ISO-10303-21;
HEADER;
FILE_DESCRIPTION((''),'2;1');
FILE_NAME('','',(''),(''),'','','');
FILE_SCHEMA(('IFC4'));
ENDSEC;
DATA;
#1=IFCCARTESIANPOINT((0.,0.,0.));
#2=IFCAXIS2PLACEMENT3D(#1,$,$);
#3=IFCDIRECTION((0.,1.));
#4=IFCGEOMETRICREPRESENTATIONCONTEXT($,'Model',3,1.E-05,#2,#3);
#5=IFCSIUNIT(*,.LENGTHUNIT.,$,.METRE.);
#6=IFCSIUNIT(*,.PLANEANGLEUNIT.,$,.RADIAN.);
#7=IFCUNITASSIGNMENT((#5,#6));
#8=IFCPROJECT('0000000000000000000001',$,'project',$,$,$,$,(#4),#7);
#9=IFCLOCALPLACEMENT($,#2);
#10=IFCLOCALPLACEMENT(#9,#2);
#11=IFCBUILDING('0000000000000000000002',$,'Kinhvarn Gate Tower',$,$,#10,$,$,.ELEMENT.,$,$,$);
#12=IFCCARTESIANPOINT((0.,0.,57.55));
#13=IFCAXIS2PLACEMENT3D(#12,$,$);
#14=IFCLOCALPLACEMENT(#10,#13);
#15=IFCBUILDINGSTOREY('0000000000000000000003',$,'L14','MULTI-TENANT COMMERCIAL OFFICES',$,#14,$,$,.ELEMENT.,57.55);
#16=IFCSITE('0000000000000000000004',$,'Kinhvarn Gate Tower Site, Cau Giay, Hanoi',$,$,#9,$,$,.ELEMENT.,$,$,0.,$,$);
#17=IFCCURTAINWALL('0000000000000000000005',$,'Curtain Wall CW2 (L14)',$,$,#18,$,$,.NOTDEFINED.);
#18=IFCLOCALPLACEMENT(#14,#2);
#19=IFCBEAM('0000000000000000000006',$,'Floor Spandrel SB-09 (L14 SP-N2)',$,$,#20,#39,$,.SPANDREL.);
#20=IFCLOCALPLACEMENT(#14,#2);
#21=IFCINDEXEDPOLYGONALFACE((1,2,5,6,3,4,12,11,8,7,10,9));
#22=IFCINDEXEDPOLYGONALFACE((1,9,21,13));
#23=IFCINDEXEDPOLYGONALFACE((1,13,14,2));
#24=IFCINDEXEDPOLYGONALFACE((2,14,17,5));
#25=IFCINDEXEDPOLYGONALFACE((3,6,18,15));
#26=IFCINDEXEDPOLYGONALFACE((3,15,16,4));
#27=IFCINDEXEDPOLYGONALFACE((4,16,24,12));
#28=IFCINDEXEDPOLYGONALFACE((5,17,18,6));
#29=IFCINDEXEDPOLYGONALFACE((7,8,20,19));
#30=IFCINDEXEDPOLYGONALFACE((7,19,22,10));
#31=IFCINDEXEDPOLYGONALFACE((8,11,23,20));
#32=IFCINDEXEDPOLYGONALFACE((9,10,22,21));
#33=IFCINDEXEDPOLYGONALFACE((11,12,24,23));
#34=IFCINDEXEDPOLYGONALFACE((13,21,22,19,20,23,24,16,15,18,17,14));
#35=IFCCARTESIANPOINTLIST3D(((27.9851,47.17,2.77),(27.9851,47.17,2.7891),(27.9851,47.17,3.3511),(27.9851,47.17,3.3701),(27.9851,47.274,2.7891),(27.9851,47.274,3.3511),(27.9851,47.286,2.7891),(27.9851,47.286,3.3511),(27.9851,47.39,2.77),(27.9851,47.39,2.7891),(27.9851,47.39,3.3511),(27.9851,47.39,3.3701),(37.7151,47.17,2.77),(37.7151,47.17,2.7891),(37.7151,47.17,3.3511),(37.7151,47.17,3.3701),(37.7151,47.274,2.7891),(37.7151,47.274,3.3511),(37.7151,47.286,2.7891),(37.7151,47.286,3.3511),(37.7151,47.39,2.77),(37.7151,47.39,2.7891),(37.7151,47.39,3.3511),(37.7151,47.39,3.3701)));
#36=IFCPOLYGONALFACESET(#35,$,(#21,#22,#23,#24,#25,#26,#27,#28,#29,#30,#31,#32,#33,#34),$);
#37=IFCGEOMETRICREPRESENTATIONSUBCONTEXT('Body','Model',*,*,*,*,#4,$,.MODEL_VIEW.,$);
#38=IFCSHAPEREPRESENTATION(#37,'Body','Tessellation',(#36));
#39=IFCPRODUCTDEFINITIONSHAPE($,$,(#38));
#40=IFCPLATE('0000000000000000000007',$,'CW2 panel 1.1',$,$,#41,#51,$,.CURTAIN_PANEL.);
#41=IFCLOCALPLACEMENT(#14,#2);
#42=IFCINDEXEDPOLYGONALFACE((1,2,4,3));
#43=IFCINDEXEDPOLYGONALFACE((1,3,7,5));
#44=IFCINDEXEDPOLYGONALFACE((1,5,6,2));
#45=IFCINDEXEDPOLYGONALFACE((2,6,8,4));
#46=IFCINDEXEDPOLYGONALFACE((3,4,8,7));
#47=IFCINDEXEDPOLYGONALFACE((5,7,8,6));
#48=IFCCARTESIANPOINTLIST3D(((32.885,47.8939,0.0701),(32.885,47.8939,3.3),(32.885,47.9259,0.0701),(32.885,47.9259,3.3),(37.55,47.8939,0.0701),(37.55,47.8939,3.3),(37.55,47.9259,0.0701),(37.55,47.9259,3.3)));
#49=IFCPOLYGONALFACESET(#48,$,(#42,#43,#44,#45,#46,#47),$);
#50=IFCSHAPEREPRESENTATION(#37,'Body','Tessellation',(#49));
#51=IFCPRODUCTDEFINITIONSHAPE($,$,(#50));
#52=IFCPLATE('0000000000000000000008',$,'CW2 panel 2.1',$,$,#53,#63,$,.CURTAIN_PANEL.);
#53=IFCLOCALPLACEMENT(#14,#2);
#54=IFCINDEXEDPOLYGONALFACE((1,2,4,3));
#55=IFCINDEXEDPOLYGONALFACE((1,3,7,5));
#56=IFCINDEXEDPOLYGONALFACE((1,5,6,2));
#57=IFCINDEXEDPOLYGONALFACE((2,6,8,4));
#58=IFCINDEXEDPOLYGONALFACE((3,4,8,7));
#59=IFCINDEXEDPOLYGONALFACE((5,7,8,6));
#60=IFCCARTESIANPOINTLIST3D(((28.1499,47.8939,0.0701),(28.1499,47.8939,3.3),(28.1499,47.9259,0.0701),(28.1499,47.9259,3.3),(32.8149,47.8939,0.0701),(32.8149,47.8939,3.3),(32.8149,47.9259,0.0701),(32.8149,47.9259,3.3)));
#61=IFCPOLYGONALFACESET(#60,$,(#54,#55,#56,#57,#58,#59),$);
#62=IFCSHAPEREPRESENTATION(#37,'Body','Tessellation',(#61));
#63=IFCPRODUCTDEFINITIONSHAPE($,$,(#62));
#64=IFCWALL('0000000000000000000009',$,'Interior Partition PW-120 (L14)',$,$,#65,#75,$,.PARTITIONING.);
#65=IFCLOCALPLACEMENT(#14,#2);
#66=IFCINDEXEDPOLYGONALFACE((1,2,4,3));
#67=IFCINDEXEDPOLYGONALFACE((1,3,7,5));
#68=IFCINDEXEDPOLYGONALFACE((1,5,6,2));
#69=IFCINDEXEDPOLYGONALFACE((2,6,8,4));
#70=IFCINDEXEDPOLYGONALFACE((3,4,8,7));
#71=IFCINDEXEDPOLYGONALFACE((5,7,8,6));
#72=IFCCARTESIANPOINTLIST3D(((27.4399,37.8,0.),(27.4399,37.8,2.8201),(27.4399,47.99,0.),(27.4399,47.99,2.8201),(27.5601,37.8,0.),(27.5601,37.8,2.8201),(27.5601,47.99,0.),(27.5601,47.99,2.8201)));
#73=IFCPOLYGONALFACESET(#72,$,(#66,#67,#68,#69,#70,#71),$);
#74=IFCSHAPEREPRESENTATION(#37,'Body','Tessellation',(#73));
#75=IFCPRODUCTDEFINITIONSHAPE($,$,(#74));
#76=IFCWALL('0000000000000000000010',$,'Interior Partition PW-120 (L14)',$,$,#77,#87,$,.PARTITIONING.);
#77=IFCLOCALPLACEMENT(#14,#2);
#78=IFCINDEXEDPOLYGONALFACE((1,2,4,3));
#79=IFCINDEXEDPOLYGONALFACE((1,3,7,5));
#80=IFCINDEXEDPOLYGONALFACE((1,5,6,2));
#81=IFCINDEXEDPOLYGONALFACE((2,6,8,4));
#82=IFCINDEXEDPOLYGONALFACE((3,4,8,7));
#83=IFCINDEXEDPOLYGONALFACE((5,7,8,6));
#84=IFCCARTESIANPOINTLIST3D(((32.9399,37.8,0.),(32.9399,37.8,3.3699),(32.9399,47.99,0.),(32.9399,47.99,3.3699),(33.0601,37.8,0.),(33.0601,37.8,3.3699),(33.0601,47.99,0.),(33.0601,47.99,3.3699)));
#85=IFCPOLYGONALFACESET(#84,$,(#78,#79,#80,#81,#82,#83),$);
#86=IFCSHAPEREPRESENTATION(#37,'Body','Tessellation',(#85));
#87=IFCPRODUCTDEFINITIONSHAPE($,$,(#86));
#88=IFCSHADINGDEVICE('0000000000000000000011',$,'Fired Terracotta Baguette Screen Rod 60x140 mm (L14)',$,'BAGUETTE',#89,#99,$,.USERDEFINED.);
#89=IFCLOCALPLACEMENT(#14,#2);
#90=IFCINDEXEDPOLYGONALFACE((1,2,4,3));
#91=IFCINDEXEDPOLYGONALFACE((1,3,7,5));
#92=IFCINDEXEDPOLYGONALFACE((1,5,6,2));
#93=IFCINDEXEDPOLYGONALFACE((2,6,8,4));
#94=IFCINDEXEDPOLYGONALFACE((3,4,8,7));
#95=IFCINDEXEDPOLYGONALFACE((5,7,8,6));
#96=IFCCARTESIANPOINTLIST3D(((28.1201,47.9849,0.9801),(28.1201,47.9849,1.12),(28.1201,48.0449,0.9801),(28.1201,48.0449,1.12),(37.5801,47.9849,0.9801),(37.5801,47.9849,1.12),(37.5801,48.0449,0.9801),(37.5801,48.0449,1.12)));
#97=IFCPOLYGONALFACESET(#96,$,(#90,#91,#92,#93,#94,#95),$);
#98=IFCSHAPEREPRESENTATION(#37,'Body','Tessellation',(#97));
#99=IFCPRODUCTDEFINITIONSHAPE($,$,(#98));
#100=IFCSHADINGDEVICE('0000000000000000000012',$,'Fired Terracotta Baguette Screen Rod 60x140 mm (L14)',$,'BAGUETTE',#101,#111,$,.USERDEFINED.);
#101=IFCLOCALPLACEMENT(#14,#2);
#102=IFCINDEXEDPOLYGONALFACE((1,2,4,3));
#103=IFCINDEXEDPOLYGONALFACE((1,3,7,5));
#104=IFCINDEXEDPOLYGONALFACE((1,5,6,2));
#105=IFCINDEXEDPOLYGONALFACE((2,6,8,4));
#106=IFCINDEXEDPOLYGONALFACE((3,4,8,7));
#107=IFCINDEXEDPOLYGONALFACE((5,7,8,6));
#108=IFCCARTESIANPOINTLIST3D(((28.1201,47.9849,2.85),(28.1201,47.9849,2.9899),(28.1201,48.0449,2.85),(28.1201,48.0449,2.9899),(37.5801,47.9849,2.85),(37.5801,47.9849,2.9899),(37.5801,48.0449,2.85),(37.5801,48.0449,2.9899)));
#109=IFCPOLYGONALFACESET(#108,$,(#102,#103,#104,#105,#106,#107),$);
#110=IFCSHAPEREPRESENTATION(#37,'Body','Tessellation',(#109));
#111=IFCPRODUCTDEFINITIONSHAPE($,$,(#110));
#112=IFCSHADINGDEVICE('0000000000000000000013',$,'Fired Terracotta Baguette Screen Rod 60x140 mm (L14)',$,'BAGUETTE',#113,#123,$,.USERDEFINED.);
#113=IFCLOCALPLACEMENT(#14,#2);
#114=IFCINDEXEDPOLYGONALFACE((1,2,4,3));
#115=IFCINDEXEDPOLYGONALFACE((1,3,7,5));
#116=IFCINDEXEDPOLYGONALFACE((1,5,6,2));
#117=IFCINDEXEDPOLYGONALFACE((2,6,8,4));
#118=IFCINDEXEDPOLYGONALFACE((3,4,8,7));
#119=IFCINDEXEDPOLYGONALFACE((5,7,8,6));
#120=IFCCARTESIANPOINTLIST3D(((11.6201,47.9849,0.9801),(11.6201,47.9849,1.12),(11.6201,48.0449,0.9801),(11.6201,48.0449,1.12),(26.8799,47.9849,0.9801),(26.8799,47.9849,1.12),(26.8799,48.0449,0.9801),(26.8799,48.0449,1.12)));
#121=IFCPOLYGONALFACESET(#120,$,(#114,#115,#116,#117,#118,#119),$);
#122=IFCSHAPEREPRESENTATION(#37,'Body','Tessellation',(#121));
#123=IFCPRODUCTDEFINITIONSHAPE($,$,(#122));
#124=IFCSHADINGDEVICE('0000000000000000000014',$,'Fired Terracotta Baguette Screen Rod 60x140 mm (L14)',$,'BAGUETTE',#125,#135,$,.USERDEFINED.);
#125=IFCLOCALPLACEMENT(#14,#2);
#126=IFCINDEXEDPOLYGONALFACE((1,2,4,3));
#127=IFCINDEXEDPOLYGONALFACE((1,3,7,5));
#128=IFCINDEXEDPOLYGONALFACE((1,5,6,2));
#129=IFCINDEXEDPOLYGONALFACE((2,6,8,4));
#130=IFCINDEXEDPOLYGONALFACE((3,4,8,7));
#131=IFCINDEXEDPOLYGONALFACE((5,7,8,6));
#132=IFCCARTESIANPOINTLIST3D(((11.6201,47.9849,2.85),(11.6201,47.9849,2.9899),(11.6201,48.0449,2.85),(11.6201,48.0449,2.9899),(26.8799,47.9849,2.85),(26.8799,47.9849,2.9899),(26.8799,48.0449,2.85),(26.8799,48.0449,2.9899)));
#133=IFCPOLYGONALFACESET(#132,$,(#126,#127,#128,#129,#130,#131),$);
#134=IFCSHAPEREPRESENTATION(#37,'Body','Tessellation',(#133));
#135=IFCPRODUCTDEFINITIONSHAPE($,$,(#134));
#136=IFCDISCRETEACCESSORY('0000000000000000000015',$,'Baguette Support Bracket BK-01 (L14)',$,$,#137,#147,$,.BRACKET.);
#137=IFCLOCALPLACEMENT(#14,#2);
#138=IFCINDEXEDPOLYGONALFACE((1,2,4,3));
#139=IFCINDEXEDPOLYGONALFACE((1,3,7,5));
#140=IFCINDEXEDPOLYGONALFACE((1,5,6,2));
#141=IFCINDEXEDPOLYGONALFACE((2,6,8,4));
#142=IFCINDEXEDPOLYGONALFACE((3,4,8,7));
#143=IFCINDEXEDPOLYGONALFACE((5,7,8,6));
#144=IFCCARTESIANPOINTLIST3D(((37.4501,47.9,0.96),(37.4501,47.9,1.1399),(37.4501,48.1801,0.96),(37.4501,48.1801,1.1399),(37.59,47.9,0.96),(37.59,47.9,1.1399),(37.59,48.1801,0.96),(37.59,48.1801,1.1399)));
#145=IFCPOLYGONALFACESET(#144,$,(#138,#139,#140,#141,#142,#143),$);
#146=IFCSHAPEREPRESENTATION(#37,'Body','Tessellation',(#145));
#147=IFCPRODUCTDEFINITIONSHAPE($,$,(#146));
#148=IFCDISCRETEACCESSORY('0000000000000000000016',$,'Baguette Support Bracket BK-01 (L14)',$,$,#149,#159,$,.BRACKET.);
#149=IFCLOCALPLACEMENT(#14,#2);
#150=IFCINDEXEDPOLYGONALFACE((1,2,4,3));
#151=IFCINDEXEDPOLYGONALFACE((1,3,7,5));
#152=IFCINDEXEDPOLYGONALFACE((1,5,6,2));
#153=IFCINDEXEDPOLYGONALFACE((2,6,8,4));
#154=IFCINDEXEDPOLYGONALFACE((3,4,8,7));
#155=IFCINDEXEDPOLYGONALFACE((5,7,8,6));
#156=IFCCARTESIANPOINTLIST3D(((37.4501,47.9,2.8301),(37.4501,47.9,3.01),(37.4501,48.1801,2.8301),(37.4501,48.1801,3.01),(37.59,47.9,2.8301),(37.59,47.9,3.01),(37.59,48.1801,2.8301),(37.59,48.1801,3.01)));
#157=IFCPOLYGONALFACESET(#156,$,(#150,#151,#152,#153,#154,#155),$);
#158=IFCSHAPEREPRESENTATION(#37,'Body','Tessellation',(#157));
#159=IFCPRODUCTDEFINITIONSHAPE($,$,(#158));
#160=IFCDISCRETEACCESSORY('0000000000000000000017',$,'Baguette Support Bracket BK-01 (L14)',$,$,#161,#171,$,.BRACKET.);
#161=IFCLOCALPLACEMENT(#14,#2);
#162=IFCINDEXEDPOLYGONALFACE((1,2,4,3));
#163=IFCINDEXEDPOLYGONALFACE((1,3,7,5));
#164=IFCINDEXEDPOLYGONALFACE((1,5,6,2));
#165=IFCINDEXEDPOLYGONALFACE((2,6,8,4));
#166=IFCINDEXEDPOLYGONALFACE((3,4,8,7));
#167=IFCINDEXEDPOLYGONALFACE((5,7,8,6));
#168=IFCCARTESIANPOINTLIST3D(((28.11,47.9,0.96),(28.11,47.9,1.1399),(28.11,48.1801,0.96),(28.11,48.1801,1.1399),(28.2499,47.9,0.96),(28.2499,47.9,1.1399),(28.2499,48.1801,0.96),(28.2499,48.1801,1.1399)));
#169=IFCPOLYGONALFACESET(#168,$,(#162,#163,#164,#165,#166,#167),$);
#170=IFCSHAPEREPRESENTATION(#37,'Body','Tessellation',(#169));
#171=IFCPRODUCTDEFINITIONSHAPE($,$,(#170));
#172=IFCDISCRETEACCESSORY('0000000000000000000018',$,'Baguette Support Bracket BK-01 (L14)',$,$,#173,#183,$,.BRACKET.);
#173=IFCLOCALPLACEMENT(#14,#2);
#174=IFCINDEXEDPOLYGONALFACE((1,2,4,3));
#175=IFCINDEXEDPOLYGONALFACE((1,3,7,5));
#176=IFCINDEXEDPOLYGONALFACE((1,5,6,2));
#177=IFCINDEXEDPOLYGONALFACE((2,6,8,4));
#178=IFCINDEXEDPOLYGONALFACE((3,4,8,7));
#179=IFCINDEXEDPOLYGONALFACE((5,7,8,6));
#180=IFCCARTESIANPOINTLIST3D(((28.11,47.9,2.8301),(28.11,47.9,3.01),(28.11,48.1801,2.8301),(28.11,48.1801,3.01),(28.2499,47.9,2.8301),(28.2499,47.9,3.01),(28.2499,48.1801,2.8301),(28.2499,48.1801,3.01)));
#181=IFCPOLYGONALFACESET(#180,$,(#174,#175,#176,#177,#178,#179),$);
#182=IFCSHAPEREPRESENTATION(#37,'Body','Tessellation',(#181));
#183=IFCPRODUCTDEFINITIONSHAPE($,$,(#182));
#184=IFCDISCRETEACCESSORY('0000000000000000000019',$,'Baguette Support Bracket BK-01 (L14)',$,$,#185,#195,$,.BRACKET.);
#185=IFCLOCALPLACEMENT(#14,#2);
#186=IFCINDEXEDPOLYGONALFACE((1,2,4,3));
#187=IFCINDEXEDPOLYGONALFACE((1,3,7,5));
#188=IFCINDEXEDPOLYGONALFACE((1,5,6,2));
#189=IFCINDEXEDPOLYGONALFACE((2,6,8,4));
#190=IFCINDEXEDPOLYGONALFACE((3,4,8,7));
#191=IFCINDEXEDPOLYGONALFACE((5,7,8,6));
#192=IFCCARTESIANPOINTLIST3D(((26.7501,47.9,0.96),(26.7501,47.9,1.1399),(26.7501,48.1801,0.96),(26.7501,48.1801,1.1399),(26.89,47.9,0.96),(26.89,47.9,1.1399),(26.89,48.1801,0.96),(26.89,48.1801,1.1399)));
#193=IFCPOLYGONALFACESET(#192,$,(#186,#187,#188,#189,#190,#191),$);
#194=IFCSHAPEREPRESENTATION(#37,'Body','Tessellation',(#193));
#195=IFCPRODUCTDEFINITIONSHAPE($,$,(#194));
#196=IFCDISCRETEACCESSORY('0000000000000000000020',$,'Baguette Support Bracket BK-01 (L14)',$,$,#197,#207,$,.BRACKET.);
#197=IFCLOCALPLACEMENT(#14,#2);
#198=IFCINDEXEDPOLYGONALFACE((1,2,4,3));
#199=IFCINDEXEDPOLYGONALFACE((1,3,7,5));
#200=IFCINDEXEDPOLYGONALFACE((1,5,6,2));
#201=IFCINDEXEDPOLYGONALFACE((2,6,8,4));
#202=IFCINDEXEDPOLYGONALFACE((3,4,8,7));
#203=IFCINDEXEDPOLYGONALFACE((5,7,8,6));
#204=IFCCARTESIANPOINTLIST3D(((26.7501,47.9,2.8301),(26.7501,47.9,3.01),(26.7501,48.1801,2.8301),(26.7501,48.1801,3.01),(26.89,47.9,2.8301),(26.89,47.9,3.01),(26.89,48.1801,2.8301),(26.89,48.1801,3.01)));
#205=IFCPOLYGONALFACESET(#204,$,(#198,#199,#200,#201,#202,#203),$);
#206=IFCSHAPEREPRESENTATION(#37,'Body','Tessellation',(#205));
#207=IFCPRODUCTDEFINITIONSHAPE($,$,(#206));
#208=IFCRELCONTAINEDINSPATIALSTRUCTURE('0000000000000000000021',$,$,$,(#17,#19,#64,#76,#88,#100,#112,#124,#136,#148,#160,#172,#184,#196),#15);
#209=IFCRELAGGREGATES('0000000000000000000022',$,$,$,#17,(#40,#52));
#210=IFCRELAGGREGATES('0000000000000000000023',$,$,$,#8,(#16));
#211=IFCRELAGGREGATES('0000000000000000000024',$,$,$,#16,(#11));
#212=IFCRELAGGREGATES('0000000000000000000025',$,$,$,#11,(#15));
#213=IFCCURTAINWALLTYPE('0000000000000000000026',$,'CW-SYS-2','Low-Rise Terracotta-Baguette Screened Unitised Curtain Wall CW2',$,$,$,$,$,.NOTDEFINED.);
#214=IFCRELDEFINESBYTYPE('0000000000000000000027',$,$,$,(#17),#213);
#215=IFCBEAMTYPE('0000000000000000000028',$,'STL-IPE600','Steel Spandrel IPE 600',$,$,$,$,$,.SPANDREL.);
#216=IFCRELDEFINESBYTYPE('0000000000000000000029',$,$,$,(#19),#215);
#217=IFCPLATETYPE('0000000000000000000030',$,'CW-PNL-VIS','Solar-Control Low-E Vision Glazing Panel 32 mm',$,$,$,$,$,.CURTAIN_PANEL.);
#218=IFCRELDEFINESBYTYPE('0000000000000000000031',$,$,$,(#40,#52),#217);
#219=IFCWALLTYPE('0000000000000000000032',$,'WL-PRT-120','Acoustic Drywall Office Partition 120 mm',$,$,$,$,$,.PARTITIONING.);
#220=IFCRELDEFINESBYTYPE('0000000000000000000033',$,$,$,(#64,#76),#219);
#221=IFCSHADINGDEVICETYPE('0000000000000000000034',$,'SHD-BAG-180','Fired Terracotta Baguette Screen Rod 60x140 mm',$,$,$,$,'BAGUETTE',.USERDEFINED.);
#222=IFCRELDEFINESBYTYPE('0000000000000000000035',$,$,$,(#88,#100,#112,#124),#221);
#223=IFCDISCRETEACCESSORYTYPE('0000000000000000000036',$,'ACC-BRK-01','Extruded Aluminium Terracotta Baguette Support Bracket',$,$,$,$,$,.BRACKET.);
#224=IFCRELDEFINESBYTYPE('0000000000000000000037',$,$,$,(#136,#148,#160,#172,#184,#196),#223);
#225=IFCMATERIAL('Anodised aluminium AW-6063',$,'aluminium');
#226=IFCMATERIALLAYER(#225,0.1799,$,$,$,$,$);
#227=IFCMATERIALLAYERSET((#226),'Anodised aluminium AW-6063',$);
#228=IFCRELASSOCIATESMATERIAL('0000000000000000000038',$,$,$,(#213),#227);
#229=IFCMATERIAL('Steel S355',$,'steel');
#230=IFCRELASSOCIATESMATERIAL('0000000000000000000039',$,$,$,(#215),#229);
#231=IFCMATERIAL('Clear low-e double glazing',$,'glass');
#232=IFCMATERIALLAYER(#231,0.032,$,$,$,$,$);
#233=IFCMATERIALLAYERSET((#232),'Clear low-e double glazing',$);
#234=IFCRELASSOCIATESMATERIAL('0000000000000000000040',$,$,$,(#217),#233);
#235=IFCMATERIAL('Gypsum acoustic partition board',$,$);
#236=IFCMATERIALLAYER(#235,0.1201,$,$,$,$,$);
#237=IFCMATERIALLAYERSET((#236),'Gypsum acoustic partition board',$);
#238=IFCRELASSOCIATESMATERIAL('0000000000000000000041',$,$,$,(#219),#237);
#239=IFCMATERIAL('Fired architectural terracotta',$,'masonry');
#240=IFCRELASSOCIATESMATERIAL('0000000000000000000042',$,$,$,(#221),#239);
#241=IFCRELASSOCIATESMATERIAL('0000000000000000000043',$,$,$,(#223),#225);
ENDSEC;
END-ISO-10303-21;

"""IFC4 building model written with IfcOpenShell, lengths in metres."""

from ifc_helpers import new_model, si_unit, direction, frame, frame_2d, origin, origin_2d, place, context, subcontext, project, spatial, rectangle, i_section, extrude, material, layer, layer_set, material_profile, profile_set, type_object, element, aggregate, save


model = new_model("IFC4")

# Units and contexts
model_context = context("Model", 3, precision=1e-05, world=origin(), true_north=direction((0.0, 1.0)))
body_context = subcontext(model_context, "Body", "Model", "MODEL_VIEW")
ifc_project = project(units=[si_unit("LENGTHUNIT", "METRE"), si_unit("PLANEANGLEUNIT", "RADIAN")], contexts=[model_context])

# Site, building, storey
site_placement = place(None, origin())
site = spatial("IfcSite", under=ifc_project, at=site_placement, Name="Kinhvarn Gate Tower Site, Cau Giay, Hanoi", CompositionType="ELEMENT", RefElevation=0.0)
building_placement = place(site_placement, origin())
building = spatial("IfcBuilding", under=site, at=building_placement, Name="Kinhvarn Gate Tower", CompositionType="ELEMENT")
storey_placement = place(building_placement, frame((0.0, 0.0, 57.55)))
storey = spatial("IfcBuildingStorey", under=building, at=storey_placement, Name="L14", Description="MULTI-TENANT COMMERCIAL OFFICES", CompositionType="ELEMENT", Elevation=57.55)

# Curtain wall
ifc_material_1 = material(Name="Anodised aluminium AW-6063", Category="aluminium")
ifc_layer_1 = layer(ifc_material_1, 0.1799)
ifc_layer_set_1 = layer_set([ifc_layer_1], Name="Anodised aluminium AW-6063")
curtain_wall_type = type_object("IfcCurtainWallType", Name="CW-SYS-2", Description="Low-Rise Terracotta-Baguette Screened Unitised Curtain Wall CW2", PredefinedType="NOTDEFINED", material=ifc_layer_set_1)
curtain_wall_1_placement = place(storey_placement, origin())
curtain_wall_1 = element("IfcCurtainWall", 1, at=curtain_wall_1_placement, inside=storey, type_object=curtain_wall_type, Name="Curtain Wall CW2 (L14)", PredefinedType="NOTDEFINED")

# Beam
ifc_material_2 = material(Name="Steel S355", Category="steel")
ifc_material_profile_1 = material_profile(ifc_material_2, i_section(OverallWidth=0.22, OverallDepth=0.6001, WebThickness=0.012, FlangeThickness=0.019, at=origin_2d()), Name="IPE 600")
ifc_profile_set_1 = profile_set([ifc_material_profile_1], Name="Steel S355")
beam_type_1 = type_object("IfcBeamType", Name="STL-IPE600", Description="Steel Spandrel IPE 600", PredefinedType="SPANDREL", material=ifc_profile_set_1)
beam_placement = place(storey_placement, frame((27.9851, 47.28, 3.0701), z_axis=(1.0, 0.0, 0.0), x_axis=(0.0, 1.0, 0.0)))
element("IfcBeam", 2, at=beam_placement, inside=storey, type_object=beam_type_1, Name="Floor Spandrel SB-09 (L14 SP-N2)", PredefinedType="SPANDREL", context=body_context, shape_type="SweptSolid", body=[
    extrude(i_section(OverallWidth=0.22, OverallDepth=0.6001, WebThickness=0.012, FlangeThickness=0.019, at=origin_2d()), origin(), (0.0, 0.0, 1.0), 9.73),
])

# Plates
ifc_material_3 = material(Name="Clear low-e double glazing", Category="glass")
ifc_layer_2 = layer(ifc_material_3, 0.032)
ifc_layer_set_2 = layer_set([ifc_layer_2], Name="Clear low-e double glazing")
plate_type = type_object("IfcPlateType", Name="CW-PNL-VIS", Description="Solar-Control Low-E Vision Glazing Panel 32 mm", PredefinedType="CURTAIN_PANEL", material=ifc_layer_set_2)
plate_1_placement = place(storey_placement, frame((35.2175, 47.9099, 0.0701), z_axis=(0.0, 0.0, 1.0), x_axis=(-1.0, 0.0, 0.0)))
plate_1 = element("IfcPlate", 3, at=plate_1_placement, type_object=plate_type, Name="CW2 panel 1.1", PredefinedType="CURTAIN_PANEL", context=body_context, shape_type="SweptSolid", body=[
    extrude(rectangle(XDim=4.665, YDim=0.032, at=origin_2d()), origin(), (0.0, 0.0, 1.0), 3.23),
])
plate_2_placement = place(storey_placement, frame((30.4824, 47.9099, 0.0701), z_axis=(0.0, 0.0, 1.0), x_axis=(-1.0, 0.0, 0.0)))
plate_2 = element("IfcPlate", 4, at=plate_2_placement, type_object=plate_type, Name="CW2 panel 2.1", PredefinedType="CURTAIN_PANEL", context=body_context, shape_type="SweptSolid", body=[
    extrude(rectangle(XDim=4.665, YDim=0.032, at=origin_2d()), origin(), (0.0, 0.0, 1.0), 3.23),
])
aggregate(curtain_wall_1, [plate_1, plate_2])

# Walls
ifc_material_4 = material(Name="Gypsum acoustic partition board")
ifc_layer_3 = layer(ifc_material_4, 0.1201)
ifc_layer_set_3 = layer_set([ifc_layer_3], Name="Gypsum acoustic partition board")
wall_type_1 = type_object("IfcWallType", Name="WL-PRT-120", Description="Acoustic Drywall Office Partition 120 mm", PredefinedType="PARTITIONING", material=ifc_layer_set_3)
wall_1_placement = place(storey_placement, frame((27.5, 37.8, 0.0), z_axis=(0.0, 0.0, 1.0), x_axis=(0.0, 1.0, 0.0)))
element("IfcWall", 5, at=wall_1_placement, inside=storey, type_object=wall_type_1, Name="Interior Partition PW-120 (L14)", PredefinedType="PARTITIONING", context=body_context, shape_type="SweptSolid", body=[
    extrude(rectangle(XDim=10.1899, YDim=0.1201, at=frame_2d((5.095, 0.0))), origin(), (0.0, 0.0, 1.0), 2.8201),
])
wall_2_placement = place(storey_placement, frame((33.0, 37.8, 0.0), z_axis=(0.0, 0.0, 1.0), x_axis=(0.0, 1.0, 0.0)))
element("IfcWall", 6, at=wall_2_placement, inside=storey, type_object=wall_type_1, Name="Interior Partition PW-120 (L14)", PredefinedType="PARTITIONING", context=body_context, shape_type="SweptSolid", body=[
    extrude(rectangle(XDim=10.1899, YDim=0.1201, at=frame_2d((5.095, 0.0))), origin(), (0.0, 0.0, 1.0), 3.3699),
])

# Shading devices
ifc_material_5 = material(Name="Fired architectural terracotta", Category="masonry")
ifc_material_profile_2 = material_profile(ifc_material_5, rectangle(XDim=0.0601, YDim=0.1399, at=origin_2d()), Name="TC 60x140")
ifc_profile_set_2 = profile_set([ifc_material_profile_2], Name="Fired architectural terracotta")
shading_device_type = type_object("IfcShadingDeviceType", Name="SHD-BAG-180", Description="Fired Terracotta Baguette Screen Rod 60x140 mm", ElementType="BAGUETTE", PredefinedType="USERDEFINED", material=ifc_profile_set_2)
for number, where, z_axis, x_axis, name in (
    (7, (37.5801, 48.0149, 1.05), (-1.0, 0.0, 0.0), (0.0, -1.0, 0.0), "Fired Terracotta Baguette Screen Rod 60x140 mm (L14)"),
    (8, (37.5801, 48.0149, 2.9199), (-1.0, 0.0, 0.0), (0.0, -1.0, 0.0), "Fired Terracotta Baguette Screen Rod 60x140 mm (L14)"),
):
    element("IfcShadingDevice", number, at=place(storey_placement, frame(where, z_axis=z_axis, x_axis=x_axis)), inside=storey, type_object=shading_device_type, Name=name, ObjectType="BAGUETTE", PredefinedType="USERDEFINED", context=body_context, shape_type="SweptSolid", body=[
        extrude(rectangle(XDim=0.0601, YDim=0.1399, at=origin_2d()), origin(), (0.0, 0.0, 1.0), 9.46),
    ])
for number, where, z_axis, x_axis, name in (
    (9, (26.8799, 48.0149, 1.05), (-1.0, 0.0, 0.0), (0.0, -1.0, 0.0), "Fired Terracotta Baguette Screen Rod 60x140 mm (L14)"),
    (10, (26.8799, 48.0149, 2.9199), (-1.0, 0.0, 0.0), (0.0, -1.0, 0.0), "Fired Terracotta Baguette Screen Rod 60x140 mm (L14)"),
):
    element("IfcShadingDevice", number, at=place(storey_placement, frame(where, z_axis=z_axis, x_axis=x_axis)), inside=storey, type_object=shading_device_type, Name=name, ObjectType="BAGUETTE", PredefinedType="USERDEFINED", context=body_context, shape_type="SweptSolid", body=[
        extrude(rectangle(XDim=0.0601, YDim=0.1399, at=origin_2d()), origin(), (0.0, 0.0, 1.0), 15.2598),
    ])

# Discrete accessories
discrete_accessory_type = type_object("IfcDiscreteAccessoryType", Name="ACC-BRK-01", Description="Extruded Aluminium Terracotta Baguette Support Bracket", PredefinedType="BRACKET", material=ifc_material_1)
for number, where, z_axis, x_axis, name in (
    (11, (37.52, 48.04, 0.96), (0.0, 0.0, 1.0), (-1.0, 0.0, 0.0), "Baguette Support Bracket BK-01 (L14)"),
    (12, (37.52, 48.04, 2.8301), (0.0, 0.0, 1.0), (-1.0, 0.0, 0.0), "Baguette Support Bracket BK-01 (L14)"),
    (13, (28.1799, 48.04, 0.96), (0.0, 0.0, 1.0), (-1.0, 0.0, 0.0), "Baguette Support Bracket BK-01 (L14)"),
    (14, (28.1799, 48.04, 2.8301), (0.0, 0.0, 1.0), (-1.0, 0.0, 0.0), "Baguette Support Bracket BK-01 (L14)"),
    (15, (26.8201, 48.04, 0.96), (0.0, 0.0, 1.0), (-1.0, 0.0, 0.0), "Baguette Support Bracket BK-01 (L14)"),
    (16, (26.8201, 48.04, 2.8301), (0.0, 0.0, 1.0), (-1.0, 0.0, 0.0), "Baguette Support Bracket BK-01 (L14)"),
):
    element("IfcDiscreteAccessory", number, at=place(storey_placement, frame(where, z_axis=z_axis, x_axis=x_axis)), inside=storey, type_object=discrete_accessory_type, Name=name, PredefinedType="BRACKET", context=body_context, shape_type="SweptSolid", body=[
        extrude(rectangle(XDim=0.1399, YDim=0.28, at=origin_2d()), origin(), (0.0, 0.0, 1.0), 0.1799),
    ])

save(model, "model.ifc")
